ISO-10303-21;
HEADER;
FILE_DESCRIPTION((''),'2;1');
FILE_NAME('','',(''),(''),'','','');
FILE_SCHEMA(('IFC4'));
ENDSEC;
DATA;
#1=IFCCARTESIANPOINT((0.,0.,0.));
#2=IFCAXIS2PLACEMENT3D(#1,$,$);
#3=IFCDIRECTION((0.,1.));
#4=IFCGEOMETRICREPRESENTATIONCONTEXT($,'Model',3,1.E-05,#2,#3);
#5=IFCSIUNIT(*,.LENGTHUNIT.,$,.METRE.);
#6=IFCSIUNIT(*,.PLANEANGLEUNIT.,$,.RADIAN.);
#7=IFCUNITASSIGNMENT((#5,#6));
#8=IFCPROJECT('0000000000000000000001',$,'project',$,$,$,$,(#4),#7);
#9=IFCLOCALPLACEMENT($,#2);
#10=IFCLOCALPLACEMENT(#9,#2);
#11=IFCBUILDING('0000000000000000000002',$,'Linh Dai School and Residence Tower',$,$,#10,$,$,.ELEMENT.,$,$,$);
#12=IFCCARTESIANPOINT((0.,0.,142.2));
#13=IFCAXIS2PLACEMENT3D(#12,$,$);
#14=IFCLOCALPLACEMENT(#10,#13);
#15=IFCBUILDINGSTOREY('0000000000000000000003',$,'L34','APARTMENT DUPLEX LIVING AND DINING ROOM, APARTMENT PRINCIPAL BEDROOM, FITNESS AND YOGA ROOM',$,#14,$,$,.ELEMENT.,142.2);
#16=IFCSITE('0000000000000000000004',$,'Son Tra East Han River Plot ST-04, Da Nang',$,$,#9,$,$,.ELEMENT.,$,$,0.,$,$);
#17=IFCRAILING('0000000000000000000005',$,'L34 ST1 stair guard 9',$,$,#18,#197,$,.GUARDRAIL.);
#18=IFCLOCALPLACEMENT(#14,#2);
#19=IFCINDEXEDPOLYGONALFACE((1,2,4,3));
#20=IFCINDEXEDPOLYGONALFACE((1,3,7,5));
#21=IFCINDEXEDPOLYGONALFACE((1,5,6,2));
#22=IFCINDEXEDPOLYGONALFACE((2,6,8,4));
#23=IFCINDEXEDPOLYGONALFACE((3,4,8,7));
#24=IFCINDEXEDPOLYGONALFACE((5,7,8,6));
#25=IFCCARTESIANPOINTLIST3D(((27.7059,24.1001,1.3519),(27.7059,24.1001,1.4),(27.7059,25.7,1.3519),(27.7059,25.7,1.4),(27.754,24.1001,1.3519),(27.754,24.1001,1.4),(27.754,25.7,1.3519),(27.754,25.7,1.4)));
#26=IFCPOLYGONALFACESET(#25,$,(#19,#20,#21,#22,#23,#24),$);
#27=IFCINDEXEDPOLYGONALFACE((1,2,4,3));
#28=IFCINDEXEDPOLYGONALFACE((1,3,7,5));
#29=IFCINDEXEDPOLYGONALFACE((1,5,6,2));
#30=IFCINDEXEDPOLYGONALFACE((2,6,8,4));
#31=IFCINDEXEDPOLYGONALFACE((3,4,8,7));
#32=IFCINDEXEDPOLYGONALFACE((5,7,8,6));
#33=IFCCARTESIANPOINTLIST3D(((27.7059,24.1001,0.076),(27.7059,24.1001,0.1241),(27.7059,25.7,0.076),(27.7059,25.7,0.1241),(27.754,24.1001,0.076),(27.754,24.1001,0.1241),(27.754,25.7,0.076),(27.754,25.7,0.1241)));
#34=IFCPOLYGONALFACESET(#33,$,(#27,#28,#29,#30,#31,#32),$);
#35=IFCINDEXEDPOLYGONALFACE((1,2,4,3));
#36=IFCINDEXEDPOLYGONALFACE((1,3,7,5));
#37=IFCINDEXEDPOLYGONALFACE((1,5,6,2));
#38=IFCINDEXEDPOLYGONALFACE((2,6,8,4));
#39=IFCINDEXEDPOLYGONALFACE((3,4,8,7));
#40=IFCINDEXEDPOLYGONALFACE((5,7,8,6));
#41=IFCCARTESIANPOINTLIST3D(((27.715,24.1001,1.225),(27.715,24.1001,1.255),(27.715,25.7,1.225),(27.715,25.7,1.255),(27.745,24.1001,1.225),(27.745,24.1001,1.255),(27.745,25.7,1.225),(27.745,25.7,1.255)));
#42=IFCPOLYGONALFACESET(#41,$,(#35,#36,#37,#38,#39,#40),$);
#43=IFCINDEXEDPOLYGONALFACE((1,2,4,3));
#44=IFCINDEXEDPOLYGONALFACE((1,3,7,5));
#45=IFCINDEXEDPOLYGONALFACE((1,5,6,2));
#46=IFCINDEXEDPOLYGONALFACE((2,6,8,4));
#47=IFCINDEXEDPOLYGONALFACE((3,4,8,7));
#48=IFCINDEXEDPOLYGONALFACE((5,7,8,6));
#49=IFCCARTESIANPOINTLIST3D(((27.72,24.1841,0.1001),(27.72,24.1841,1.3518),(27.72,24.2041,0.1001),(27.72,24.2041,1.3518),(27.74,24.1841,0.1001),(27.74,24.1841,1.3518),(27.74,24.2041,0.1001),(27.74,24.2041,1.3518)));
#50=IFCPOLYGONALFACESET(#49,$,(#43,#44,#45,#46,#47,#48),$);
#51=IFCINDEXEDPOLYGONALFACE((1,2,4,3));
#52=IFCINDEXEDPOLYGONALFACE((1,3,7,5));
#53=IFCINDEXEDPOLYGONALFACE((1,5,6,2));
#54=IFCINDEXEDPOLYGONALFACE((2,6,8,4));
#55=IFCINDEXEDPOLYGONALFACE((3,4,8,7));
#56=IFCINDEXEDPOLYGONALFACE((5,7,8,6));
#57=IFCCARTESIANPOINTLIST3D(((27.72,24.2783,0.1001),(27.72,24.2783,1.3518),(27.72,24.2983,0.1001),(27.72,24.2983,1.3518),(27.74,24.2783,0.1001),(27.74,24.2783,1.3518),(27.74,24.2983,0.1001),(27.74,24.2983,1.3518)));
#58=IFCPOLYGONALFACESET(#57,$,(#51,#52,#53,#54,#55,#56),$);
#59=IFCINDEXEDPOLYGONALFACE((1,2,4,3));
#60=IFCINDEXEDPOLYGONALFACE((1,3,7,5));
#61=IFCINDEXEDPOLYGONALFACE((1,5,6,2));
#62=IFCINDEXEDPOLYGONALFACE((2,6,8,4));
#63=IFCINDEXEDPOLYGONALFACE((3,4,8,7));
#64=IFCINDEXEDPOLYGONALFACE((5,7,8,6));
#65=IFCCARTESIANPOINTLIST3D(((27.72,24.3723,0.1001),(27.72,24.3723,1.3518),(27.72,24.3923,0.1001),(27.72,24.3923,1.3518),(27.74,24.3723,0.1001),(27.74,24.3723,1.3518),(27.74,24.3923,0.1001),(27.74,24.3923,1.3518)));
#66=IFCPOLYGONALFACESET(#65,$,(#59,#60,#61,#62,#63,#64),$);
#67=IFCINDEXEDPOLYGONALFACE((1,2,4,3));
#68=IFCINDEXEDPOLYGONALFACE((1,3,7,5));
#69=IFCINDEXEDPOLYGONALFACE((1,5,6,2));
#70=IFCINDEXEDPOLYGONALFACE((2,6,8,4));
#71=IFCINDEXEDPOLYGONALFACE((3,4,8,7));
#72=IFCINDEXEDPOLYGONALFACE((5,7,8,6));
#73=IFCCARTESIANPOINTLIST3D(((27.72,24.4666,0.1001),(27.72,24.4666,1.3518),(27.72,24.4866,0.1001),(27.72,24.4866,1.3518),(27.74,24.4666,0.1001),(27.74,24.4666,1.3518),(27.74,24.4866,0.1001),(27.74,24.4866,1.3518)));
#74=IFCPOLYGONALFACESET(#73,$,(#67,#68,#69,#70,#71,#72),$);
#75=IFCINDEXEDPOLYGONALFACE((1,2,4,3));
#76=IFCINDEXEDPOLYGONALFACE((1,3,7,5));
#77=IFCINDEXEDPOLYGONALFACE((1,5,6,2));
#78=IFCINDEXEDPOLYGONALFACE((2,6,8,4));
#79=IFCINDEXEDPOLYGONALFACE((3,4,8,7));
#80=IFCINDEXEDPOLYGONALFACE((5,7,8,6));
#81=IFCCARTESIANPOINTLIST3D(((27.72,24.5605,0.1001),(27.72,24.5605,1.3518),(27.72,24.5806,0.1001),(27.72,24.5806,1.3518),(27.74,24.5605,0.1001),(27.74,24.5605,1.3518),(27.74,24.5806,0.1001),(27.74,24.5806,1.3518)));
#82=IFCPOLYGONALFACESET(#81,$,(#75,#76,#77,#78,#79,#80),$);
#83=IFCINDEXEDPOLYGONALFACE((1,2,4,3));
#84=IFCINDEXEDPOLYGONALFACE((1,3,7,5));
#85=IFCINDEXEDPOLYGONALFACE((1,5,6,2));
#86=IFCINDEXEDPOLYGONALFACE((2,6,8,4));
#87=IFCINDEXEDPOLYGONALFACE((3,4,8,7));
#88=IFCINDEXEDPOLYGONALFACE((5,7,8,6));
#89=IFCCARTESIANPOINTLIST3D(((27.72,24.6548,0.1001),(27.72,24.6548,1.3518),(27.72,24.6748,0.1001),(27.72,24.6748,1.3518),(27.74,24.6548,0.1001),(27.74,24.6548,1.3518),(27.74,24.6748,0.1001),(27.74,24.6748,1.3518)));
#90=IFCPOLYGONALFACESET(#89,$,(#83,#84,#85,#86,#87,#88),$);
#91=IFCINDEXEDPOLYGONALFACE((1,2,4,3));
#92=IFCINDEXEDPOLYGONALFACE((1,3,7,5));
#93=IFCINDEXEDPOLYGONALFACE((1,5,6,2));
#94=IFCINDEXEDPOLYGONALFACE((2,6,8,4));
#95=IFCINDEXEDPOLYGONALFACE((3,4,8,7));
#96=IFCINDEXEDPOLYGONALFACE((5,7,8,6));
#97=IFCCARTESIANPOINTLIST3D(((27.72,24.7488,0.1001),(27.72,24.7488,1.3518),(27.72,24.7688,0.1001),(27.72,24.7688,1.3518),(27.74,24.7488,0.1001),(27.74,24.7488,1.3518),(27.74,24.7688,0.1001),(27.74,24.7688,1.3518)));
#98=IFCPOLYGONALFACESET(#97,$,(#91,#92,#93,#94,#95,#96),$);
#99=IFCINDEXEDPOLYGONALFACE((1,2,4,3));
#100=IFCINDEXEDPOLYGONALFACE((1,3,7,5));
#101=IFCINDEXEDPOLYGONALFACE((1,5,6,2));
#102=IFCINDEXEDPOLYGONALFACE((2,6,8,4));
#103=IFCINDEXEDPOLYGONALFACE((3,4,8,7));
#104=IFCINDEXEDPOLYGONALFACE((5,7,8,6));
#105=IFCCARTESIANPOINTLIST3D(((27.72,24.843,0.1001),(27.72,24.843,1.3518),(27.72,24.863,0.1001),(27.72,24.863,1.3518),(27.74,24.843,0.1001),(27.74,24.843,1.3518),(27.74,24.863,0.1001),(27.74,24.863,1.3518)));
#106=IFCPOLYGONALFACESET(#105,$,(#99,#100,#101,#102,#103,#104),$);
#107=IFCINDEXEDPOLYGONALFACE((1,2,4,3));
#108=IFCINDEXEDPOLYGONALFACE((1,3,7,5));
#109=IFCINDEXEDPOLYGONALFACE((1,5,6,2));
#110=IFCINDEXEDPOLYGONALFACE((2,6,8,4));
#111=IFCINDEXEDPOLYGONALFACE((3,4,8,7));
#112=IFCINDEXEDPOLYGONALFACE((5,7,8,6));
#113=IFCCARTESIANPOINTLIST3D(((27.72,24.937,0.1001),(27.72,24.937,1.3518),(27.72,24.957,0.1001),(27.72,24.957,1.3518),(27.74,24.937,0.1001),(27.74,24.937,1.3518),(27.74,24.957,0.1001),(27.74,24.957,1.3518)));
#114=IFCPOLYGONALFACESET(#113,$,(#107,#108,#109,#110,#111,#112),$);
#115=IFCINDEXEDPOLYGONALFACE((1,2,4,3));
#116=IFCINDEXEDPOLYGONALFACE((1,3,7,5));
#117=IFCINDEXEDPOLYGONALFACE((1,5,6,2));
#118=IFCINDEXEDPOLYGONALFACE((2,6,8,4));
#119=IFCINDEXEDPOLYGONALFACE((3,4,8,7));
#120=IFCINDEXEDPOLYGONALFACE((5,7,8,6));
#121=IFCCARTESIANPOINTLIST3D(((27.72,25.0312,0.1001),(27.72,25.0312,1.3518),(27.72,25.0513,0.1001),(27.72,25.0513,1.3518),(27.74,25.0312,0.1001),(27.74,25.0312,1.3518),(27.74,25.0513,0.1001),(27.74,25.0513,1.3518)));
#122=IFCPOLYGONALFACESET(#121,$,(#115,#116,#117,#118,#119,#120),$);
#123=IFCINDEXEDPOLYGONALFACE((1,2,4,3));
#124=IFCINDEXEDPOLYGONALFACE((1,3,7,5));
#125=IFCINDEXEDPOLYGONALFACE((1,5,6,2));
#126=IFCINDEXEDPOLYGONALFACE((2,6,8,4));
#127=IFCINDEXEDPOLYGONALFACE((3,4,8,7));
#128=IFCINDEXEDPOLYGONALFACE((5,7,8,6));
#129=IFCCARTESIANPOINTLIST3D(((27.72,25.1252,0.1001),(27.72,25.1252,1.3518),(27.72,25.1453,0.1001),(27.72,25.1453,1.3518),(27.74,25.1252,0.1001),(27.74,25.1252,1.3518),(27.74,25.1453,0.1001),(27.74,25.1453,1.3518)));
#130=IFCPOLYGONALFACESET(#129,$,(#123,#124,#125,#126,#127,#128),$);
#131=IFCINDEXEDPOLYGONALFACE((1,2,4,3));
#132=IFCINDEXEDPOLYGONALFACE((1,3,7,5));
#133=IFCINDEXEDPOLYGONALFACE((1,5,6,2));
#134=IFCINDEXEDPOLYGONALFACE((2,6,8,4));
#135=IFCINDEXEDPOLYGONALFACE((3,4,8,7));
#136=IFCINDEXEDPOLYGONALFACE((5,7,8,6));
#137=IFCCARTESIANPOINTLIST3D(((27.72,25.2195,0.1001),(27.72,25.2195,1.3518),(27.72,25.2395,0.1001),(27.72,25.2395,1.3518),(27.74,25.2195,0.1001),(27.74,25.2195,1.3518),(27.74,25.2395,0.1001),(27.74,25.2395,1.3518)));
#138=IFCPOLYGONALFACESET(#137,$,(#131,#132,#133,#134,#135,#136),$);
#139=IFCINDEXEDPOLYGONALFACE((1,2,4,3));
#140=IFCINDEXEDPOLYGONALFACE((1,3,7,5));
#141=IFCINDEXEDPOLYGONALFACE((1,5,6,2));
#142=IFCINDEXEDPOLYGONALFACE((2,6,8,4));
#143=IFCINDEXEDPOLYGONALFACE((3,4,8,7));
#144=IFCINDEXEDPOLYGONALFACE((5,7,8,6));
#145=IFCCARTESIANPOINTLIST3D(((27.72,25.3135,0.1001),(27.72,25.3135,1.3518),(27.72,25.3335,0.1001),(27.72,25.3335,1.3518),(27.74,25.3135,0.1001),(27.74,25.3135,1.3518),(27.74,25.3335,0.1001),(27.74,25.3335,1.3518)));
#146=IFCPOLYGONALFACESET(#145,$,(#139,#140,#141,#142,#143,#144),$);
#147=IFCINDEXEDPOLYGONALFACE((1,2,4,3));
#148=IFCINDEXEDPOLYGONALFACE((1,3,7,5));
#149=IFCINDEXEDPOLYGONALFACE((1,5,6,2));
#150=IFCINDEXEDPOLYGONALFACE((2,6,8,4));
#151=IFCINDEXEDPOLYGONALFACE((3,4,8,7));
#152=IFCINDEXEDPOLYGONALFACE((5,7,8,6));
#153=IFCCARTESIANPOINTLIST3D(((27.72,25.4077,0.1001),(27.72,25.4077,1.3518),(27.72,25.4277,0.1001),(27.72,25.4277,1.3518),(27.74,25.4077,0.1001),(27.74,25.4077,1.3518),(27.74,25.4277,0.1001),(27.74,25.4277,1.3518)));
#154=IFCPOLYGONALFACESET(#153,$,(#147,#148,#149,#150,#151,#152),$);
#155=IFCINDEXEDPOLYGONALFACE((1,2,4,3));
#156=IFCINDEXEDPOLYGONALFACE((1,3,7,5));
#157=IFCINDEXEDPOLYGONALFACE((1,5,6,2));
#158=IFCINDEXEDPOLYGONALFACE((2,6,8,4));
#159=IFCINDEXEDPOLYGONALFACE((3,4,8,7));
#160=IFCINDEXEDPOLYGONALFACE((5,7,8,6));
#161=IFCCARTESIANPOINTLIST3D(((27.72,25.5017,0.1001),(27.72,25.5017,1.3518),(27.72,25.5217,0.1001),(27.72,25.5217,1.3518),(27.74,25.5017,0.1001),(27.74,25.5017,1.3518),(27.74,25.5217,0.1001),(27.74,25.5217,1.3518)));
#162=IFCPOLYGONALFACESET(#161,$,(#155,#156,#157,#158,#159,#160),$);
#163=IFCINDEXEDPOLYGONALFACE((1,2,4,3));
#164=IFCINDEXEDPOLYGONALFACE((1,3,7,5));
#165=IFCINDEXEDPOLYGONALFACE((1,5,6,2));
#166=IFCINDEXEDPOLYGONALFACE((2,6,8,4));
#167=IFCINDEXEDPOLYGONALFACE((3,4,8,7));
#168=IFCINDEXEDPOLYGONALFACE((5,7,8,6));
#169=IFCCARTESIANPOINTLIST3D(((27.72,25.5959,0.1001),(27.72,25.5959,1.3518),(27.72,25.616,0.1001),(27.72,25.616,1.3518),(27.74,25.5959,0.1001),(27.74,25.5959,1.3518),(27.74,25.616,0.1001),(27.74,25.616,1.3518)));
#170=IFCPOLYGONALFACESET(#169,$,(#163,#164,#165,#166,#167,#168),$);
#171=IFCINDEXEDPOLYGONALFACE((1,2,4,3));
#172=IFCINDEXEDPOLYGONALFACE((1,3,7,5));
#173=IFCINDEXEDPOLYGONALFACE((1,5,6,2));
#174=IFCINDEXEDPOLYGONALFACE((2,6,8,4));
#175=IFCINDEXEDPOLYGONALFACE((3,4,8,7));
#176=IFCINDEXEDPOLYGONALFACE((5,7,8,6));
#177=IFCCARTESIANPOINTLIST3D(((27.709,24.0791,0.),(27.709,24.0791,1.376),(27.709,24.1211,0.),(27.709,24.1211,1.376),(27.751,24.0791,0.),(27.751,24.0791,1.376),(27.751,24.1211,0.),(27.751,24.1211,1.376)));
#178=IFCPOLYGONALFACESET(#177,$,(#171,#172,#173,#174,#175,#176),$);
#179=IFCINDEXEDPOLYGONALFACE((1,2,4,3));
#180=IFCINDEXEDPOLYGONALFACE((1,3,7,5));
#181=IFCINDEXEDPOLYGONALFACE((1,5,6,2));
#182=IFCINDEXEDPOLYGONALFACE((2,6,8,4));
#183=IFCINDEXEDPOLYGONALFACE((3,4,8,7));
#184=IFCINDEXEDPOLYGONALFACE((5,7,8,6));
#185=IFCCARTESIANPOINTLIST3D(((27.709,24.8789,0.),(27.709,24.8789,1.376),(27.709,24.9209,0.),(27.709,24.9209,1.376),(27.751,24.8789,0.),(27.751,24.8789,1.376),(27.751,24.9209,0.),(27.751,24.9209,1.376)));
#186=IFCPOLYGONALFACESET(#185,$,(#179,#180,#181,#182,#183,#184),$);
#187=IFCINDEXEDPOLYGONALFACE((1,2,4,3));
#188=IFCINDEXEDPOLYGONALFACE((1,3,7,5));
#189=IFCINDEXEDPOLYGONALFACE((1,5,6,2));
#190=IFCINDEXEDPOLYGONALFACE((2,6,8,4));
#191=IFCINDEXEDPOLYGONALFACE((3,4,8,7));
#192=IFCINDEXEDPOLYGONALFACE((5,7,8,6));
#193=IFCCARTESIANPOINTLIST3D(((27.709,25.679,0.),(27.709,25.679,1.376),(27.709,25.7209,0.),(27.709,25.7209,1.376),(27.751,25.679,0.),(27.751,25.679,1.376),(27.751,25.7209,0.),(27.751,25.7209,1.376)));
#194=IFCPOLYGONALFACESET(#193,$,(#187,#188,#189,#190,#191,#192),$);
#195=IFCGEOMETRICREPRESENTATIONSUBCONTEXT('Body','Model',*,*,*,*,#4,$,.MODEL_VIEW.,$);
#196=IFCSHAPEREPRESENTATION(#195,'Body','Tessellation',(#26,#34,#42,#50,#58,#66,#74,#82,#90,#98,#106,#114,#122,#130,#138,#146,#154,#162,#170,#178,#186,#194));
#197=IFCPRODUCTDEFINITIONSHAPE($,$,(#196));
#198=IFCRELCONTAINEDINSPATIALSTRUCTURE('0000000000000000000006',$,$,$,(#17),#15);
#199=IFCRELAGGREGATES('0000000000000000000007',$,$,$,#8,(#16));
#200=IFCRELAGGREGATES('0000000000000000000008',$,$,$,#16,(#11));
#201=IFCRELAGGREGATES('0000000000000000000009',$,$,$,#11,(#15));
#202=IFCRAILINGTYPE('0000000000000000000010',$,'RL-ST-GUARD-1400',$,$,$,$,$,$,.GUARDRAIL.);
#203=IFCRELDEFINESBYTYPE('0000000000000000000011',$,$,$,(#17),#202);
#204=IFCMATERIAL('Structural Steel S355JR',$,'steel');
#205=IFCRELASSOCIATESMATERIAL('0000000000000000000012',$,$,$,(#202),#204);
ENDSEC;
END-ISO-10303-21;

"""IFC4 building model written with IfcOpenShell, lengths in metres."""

from ifc_helpers import new_model, si_unit, direction, frame, origin, origin_2d, place, context, subcontext, project, spatial, rectangle, extrude, source, transform, mapped, material, type_object, element, save


model = new_model("IFC4")

# Units and contexts
model_context = context("Model", 3, precision=1e-05, world=origin(), true_north=direction((0.0, 1.0)))
body_context = subcontext(model_context, "Body", "Model", "MODEL_VIEW")
ifc_project = project(units=[si_unit("LENGTHUNIT", "METRE"), si_unit("PLANEANGLEUNIT", "RADIAN")], contexts=[model_context])

# Site, building, storey
site_placement = place(None, origin())
site = spatial("IfcSite", under=ifc_project, at=site_placement, Name="Son Tra East Han River Plot ST-04, Da Nang", CompositionType="ELEMENT", RefElevation=0.0)
building_placement = place(site_placement, origin())
building = spatial("IfcBuilding", under=site, at=building_placement, Name="Linh Dai School and Residence Tower", CompositionType="ELEMENT")
storey_placement = place(building_placement, frame((0.0, 0.0, 142.2)))
storey = spatial("IfcBuildingStorey", under=building, at=storey_placement, Name="L34", Description="APARTMENT DUPLEX LIVING AND DINING ROOM, APARTMENT PRINCIPAL BEDROOM, FITNESS AND YOGA ROOM", CompositionType="ELEMENT", Elevation=142.2)

# Shared definitions
ifc_material_1 = material(Name="Structural Steel S355JR", Category="steel")

# Railing
railing_type = type_object("IfcRailingType", Name="RL-ST-GUARD-1400", PredefinedType="GUARDRAIL", material=ifc_material_1)
shared_shape_1 = source(origin(), body_context, "Body", "SweptSolid", [
    extrude(rectangle(XDim=0.0481, YDim=0.0481, at=origin_2d()), frame((0.0, 0.0, 1.376), z_axis=(0.0, 1.0, 0.0), x_axis=(-1.0, 0.0, 0.0)), (0.0, 0.0, 1.0), 1.5999),
    extrude(rectangle(XDim=0.0481, YDim=0.0481, at=origin_2d()), frame((0.0, 0.0, 0.1001), z_axis=(0.0, 1.0, 0.0), x_axis=(-1.0, 0.0, 0.0)), (0.0, 0.0, 1.0), 1.5999),
    extrude(rectangle(XDim=0.03, YDim=0.03, at=origin_2d()), frame((0.0, 0.0, 1.24), z_axis=(0.0, 1.0, 0.0), x_axis=(-1.0, 0.0, 0.0)), (0.0, 0.0, 1.0), 1.5999),
    extrude(rectangle(XDim=0.02, YDim=0.02, at=origin_2d()), frame((0.0, 0.094, 0.1001)), (0.0, 0.0, 1.0), 1.2517),
    extrude(rectangle(XDim=0.02, YDim=0.02, at=origin_2d()), frame((0.0, 0.1882, 0.1001)), (0.0, 0.0, 1.0), 1.2517),
    extrude(rectangle(XDim=0.02, YDim=0.02, at=origin_2d()), frame((0.0, 0.2822, 0.1001)), (0.0, 0.0, 1.0), 1.2517),
    extrude(rectangle(XDim=0.02, YDim=0.02, at=origin_2d()), frame((0.0, 0.3765, 0.1001)), (0.0, 0.0, 1.0), 1.2517),
    extrude(rectangle(XDim=0.02, YDim=0.02, at=origin_2d()), frame((0.0, 0.4705, 0.1001)), (0.0, 0.0, 1.0), 1.2517),
    extrude(rectangle(XDim=0.02, YDim=0.02, at=origin_2d()), frame((0.0, 0.5647, 0.1001)), (0.0, 0.0, 1.0), 1.2517),
    extrude(rectangle(XDim=0.02, YDim=0.02, at=origin_2d()), frame((0.0, 0.6587, 0.1001)), (0.0, 0.0, 1.0), 1.2517),
    extrude(rectangle(XDim=0.02, YDim=0.02, at=origin_2d()), frame((0.0, 0.7529, 0.1001)), (0.0, 0.0, 1.0), 1.2517),
    extrude(rectangle(XDim=0.02, YDim=0.02, at=origin_2d()), frame((0.0, 0.8469, 0.1001)), (0.0, 0.0, 1.0), 1.2517),
    extrude(rectangle(XDim=0.02, YDim=0.02, at=origin_2d()), frame((0.0, 0.9412, 0.1001)), (0.0, 0.0, 1.0), 1.2517),
    extrude(rectangle(XDim=0.02, YDim=0.02, at=origin_2d()), frame((0.0, 1.0352, 0.1001)), (0.0, 0.0, 1.0), 1.2517),
    extrude(rectangle(XDim=0.02, YDim=0.02, at=origin_2d()), frame((0.0, 1.1294, 0.1001)), (0.0, 0.0, 1.0), 1.2517),
    extrude(rectangle(XDim=0.02, YDim=0.02, at=origin_2d()), frame((0.0, 1.2234, 0.1001)), (0.0, 0.0, 1.0), 1.2517),
    extrude(rectangle(XDim=0.02, YDim=0.02, at=origin_2d()), frame((0.0, 1.3176, 0.1001)), (0.0, 0.0, 1.0), 1.2517),
    extrude(rectangle(XDim=0.02, YDim=0.02, at=origin_2d()), frame((0.0, 1.4116, 0.1001)), (0.0, 0.0, 1.0), 1.2517),
    extrude(rectangle(XDim=0.02, YDim=0.02, at=origin_2d()), frame((0.0, 1.5059, 0.1001)), (0.0, 0.0, 1.0), 1.2517),
    extrude(rectangle(XDim=0.042, YDim=0.042, at=origin_2d()), origin(), (0.0, 0.0, 1.0), 1.376),
    extrude(rectangle(XDim=0.042, YDim=0.042, at=origin_2d()), frame((0.0, 0.7998, 0.0)), (0.0, 0.0, 1.0), 1.376),
    extrude(rectangle(XDim=0.042, YDim=0.042, at=origin_2d()), frame((0.0, 1.5999, 0.0)), (0.0, 0.0, 1.0), 1.376),
])
for number, where, name in (
    (1, (27.73, 24.1001, 0.0), "L34 ST1 stair guard 9"),
):
    element("IfcRailing", number, at=place(storey_placement, frame(where)), inside=storey, type_object=railing_type, Name=name, PredefinedType="GUARDRAIL", context=body_context, shape_type="MappedRepresentation", body=[
        mapped(shared_shape_1, transform((0.0, 0.0, 0.0), x_axis=(1.0, 0.0, 0.0), y_axis=(0.0, 1.0, 0.0), z_axis=(0.0, 0.0, 1.0), scale=1.0)),
    ])

save(model, "model.ifc")
